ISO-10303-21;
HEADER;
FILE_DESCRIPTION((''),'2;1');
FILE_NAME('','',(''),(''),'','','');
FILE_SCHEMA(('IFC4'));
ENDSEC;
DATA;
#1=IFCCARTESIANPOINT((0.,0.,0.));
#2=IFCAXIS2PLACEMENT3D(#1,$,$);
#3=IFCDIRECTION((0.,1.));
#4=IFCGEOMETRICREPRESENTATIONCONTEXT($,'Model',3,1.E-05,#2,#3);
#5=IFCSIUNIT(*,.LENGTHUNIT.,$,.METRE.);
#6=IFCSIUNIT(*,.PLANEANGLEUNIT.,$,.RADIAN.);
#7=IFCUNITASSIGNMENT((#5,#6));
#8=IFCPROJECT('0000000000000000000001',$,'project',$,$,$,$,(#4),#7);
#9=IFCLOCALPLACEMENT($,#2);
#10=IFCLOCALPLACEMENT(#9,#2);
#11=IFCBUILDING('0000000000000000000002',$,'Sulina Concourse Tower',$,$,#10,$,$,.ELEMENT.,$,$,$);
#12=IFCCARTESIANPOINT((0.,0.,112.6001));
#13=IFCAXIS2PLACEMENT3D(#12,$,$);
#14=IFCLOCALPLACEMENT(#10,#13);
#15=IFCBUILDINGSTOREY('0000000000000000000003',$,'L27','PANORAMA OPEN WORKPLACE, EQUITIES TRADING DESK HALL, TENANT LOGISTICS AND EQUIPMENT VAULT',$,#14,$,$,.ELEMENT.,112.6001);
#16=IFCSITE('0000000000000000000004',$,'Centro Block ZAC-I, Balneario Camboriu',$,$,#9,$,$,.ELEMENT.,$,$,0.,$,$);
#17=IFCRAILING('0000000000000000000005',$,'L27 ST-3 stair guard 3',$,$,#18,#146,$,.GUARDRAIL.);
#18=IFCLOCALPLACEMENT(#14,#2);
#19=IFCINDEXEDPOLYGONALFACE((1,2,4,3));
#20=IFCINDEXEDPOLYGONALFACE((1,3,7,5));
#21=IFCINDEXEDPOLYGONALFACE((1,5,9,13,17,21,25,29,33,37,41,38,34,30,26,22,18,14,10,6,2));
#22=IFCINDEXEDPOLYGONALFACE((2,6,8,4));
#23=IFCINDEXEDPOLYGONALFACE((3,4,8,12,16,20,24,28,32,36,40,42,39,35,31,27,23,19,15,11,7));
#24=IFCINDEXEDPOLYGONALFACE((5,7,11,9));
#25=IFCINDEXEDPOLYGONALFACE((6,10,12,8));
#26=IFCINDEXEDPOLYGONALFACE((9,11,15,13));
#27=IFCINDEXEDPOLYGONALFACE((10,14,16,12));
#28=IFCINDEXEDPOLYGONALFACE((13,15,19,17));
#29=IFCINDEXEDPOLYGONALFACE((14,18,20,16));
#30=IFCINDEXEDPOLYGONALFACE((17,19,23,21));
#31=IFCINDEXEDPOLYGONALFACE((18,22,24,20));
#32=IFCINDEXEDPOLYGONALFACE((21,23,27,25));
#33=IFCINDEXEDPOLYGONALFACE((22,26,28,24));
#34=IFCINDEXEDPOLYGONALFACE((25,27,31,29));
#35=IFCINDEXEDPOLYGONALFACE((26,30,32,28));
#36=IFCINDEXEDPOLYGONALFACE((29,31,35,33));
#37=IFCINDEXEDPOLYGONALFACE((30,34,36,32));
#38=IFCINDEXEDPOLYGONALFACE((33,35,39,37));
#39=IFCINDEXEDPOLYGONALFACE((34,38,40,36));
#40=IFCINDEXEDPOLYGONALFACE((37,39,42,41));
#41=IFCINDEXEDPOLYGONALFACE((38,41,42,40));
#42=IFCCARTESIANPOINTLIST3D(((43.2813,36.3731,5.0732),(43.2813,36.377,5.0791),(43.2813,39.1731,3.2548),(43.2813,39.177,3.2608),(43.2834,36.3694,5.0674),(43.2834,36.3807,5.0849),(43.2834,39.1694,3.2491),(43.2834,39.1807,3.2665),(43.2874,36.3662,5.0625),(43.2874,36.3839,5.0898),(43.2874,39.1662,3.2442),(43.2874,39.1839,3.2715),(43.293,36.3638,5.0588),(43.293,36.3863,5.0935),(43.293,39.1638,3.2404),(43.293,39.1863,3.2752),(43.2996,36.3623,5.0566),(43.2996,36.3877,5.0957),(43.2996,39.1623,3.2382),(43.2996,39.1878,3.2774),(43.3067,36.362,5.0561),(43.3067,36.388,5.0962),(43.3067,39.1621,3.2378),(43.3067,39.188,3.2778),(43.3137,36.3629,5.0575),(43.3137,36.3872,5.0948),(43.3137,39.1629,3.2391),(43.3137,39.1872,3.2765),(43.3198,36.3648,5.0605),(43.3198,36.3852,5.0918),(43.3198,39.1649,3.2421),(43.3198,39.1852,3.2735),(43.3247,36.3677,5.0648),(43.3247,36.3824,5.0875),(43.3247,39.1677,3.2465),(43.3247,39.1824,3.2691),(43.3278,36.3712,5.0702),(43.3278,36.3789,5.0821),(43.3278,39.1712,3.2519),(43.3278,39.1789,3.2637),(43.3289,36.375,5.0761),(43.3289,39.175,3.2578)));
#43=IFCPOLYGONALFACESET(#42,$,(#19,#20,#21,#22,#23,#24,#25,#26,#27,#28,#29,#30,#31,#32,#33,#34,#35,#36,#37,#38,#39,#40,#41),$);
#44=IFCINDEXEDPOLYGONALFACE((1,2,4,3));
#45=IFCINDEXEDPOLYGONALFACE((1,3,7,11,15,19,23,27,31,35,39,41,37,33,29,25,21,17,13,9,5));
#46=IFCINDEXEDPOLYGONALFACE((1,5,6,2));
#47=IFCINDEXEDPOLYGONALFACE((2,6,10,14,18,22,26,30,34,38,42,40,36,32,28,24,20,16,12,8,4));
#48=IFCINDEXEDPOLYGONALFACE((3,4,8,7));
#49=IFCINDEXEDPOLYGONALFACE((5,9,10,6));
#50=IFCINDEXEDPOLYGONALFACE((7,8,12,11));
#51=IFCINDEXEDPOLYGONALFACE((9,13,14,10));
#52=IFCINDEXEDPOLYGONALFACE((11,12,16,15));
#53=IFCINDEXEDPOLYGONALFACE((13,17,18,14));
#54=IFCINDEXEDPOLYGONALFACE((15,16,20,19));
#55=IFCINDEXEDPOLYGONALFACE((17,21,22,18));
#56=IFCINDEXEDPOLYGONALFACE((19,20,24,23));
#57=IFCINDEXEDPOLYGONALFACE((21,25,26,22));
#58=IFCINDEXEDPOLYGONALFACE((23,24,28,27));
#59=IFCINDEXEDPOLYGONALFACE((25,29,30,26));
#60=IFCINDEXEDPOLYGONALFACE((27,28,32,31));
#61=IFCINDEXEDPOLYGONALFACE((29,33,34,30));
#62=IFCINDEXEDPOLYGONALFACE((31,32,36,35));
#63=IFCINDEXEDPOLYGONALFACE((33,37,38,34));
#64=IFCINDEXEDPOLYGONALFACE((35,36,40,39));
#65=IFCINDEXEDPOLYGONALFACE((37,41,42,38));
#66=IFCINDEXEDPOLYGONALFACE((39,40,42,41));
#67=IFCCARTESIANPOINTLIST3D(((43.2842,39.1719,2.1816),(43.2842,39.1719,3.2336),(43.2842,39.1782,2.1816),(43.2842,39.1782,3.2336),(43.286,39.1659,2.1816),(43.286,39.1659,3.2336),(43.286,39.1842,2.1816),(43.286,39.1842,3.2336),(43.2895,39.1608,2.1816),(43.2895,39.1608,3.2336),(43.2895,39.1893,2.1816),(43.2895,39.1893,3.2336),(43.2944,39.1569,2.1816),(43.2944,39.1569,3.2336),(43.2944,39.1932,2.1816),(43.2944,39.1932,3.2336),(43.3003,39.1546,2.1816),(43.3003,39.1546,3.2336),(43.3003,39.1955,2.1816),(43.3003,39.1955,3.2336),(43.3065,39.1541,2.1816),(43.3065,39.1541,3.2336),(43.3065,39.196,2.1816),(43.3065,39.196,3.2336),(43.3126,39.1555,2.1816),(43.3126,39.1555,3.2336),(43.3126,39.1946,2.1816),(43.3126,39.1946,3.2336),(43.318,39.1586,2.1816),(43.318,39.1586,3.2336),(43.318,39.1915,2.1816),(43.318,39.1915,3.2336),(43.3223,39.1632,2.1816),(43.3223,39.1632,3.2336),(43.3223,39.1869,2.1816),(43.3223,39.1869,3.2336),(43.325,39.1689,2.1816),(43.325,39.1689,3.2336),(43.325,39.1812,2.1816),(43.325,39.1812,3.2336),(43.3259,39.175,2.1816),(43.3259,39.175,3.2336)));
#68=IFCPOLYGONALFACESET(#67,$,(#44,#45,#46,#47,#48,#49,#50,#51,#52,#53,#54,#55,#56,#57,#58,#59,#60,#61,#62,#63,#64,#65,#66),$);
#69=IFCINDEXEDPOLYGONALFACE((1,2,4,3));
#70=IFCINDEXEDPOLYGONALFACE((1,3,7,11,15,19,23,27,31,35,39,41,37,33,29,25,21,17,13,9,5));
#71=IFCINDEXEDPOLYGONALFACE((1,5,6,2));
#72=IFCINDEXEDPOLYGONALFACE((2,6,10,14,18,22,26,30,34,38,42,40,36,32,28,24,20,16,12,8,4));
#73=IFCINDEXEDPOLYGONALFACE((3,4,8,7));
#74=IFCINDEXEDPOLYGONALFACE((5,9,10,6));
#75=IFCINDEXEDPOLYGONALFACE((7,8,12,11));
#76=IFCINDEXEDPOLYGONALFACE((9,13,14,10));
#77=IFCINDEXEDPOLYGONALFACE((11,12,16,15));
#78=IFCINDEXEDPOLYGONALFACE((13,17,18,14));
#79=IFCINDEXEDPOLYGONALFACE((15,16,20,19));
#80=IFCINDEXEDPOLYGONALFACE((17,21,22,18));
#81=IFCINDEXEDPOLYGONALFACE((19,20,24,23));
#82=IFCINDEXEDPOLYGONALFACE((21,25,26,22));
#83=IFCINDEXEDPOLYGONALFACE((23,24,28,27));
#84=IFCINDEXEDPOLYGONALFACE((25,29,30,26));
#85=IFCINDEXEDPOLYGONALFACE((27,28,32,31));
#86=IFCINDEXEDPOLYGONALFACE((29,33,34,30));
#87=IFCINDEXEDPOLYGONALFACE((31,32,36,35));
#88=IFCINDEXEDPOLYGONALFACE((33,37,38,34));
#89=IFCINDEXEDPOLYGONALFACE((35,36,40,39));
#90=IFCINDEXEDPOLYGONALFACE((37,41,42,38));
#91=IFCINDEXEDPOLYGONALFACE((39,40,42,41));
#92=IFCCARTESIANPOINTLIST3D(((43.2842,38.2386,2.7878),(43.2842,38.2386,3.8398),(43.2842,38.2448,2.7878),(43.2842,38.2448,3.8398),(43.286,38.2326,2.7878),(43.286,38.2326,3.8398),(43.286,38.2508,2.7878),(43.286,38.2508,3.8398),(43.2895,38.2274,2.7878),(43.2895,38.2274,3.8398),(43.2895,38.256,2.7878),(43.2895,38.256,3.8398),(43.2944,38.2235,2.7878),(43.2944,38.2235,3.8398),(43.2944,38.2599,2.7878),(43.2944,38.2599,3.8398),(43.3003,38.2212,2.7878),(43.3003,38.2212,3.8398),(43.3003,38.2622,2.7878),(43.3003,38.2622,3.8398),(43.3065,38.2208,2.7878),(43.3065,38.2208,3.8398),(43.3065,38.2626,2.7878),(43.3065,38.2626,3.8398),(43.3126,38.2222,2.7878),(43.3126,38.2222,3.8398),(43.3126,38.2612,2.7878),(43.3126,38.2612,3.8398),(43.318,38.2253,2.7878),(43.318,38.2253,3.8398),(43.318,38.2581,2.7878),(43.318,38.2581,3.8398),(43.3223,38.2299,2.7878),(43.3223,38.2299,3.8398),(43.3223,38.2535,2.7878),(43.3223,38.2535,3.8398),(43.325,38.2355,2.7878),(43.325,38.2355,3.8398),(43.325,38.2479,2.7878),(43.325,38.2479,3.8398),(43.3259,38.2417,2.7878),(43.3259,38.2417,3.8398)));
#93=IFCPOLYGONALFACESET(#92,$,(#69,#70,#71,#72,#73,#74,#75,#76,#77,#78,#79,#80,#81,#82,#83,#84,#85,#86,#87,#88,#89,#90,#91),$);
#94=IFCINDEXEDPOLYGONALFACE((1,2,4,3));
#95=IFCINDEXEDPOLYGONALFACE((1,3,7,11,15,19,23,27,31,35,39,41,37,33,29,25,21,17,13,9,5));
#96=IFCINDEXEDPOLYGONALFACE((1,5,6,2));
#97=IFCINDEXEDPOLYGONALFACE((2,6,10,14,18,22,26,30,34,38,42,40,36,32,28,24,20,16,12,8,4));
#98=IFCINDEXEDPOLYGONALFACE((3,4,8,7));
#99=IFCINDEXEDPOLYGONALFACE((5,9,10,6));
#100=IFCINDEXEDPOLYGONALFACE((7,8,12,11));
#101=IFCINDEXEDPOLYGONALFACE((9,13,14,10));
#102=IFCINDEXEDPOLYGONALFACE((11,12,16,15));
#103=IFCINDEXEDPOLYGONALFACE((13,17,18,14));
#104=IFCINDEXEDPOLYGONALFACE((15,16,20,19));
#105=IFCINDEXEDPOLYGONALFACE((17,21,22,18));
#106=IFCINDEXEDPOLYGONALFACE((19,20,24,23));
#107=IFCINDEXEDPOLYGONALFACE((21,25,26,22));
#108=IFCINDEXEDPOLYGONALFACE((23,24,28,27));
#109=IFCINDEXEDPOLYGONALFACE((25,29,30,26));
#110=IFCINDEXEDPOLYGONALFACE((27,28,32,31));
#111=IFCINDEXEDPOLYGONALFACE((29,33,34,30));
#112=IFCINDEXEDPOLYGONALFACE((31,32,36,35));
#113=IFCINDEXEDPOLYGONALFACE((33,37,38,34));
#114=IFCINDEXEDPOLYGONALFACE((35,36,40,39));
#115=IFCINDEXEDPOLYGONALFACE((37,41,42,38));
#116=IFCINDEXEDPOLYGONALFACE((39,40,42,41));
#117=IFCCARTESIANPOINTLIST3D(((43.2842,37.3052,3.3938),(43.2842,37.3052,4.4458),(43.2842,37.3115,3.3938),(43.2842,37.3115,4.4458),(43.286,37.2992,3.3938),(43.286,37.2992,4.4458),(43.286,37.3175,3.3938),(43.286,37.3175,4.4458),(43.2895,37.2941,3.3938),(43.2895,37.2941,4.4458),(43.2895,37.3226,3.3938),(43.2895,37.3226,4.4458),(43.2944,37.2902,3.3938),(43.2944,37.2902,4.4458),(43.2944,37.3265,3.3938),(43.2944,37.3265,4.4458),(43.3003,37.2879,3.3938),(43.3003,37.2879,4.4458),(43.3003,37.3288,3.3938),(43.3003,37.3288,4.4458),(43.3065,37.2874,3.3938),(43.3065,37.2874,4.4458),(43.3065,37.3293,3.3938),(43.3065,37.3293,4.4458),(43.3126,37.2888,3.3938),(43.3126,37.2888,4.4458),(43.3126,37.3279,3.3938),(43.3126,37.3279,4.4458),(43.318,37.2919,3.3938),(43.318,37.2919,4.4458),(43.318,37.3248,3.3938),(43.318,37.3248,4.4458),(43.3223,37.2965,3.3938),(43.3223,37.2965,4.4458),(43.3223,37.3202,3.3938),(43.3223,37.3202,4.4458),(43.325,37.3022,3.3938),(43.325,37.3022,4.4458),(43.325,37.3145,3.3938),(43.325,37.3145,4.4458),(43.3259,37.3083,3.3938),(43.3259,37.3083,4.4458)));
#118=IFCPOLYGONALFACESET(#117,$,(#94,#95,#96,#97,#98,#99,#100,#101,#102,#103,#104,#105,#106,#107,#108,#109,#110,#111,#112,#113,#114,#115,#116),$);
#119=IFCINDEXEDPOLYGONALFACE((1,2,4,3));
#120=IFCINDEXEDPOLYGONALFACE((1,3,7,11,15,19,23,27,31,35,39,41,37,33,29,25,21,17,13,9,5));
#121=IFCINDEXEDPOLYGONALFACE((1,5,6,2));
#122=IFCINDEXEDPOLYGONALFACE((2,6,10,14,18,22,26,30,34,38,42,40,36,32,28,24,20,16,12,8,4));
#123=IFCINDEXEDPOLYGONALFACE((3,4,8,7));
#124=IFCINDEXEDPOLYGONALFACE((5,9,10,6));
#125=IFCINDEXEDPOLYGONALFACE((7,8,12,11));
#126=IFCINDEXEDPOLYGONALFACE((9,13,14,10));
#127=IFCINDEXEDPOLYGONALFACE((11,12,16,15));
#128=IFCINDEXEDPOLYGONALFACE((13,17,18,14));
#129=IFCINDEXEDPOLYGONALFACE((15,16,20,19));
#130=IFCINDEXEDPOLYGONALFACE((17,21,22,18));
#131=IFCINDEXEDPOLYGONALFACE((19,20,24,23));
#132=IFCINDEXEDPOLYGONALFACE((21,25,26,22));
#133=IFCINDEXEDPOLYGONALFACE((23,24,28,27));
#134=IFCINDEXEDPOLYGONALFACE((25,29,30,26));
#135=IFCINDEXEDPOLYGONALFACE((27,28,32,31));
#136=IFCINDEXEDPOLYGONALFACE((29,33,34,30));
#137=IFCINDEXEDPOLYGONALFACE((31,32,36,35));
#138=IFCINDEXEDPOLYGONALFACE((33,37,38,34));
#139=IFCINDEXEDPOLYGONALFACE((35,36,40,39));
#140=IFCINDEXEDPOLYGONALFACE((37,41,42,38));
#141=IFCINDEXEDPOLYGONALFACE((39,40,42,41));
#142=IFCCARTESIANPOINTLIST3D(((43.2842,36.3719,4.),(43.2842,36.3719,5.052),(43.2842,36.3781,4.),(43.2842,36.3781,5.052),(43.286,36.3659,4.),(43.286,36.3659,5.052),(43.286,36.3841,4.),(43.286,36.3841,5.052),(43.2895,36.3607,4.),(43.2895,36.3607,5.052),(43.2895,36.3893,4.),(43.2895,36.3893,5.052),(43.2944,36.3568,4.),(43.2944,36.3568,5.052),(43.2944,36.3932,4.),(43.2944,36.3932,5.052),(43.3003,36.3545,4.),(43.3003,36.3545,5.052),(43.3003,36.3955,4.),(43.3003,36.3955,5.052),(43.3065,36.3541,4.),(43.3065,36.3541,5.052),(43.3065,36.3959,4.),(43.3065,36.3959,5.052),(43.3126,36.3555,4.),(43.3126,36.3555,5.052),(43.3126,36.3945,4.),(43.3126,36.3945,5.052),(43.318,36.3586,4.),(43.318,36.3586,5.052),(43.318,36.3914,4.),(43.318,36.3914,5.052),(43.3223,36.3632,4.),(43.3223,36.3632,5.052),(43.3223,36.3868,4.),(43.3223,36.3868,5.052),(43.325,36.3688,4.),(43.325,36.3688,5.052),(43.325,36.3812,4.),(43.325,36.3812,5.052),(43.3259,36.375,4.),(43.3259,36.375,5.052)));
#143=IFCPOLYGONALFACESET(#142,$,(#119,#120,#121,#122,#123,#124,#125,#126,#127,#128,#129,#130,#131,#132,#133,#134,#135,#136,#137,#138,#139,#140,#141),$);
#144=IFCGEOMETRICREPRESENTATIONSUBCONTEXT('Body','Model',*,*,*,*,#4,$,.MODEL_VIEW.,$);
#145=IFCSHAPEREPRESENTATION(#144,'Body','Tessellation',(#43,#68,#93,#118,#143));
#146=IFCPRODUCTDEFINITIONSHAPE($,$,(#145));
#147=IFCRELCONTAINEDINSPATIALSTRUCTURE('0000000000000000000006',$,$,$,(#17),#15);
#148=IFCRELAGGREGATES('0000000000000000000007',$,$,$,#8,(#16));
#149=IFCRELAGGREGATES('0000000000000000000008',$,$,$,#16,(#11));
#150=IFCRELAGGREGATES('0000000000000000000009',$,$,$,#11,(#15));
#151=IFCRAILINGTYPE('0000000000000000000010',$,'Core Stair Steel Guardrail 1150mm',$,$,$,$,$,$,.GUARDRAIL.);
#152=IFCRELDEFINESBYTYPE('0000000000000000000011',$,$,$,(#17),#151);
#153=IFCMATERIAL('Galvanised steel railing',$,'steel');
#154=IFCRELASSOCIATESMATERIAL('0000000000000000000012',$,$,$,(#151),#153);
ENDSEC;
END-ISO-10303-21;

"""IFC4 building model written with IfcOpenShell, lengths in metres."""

from ifc_helpers import new_model, si_unit, direction, frame, origin, origin_2d, place, context, subcontext, project, spatial, circle, extrude, material, type_object, element, save


model = new_model("IFC4")

# Units and contexts
model_context = context("Model", 3, precision=1e-05, world=origin(), true_north=direction((0.0, 1.0)))
body_context = subcontext(model_context, "Body", "Model", "MODEL_VIEW")
ifc_project = project(units=[si_unit("LENGTHUNIT", "METRE"), si_unit("PLANEANGLEUNIT", "RADIAN")], contexts=[model_context])

# Site, building, storey
site_placement = place(None, origin())
site = spatial("IfcSite", under=ifc_project, at=site_placement, Name="Centro Block ZAC-I, Balneario Camboriu", CompositionType="ELEMENT", RefElevation=0.0)
building_placement = place(site_placement, origin())
building = spatial("IfcBuilding", under=site, at=building_placement, Name="Sulina Concourse Tower", CompositionType="ELEMENT")
storey_placement = place(building_placement, frame((0.0, 0.0, 112.6001)))
storey = spatial("IfcBuildingStorey", under=building, at=storey_placement, Name="L27", Description="PANORAMA OPEN WORKPLACE, EQUITIES TRADING DESK HALL, TENANT LOGISTICS AND EQUIPMENT VAULT", CompositionType="ELEMENT", Elevation=112.6001)

# Railing
ifc_material_1 = material(Name="Galvanised steel railing", Category="steel")
railing_type_1 = type_object("IfcRailingType", Name="Core Stair Steel Guardrail 1150mm", PredefinedType="GUARDRAIL", material=ifc_material_1)
railing_1_placement = place(storey_placement, frame((43.3049, 39.175, 2.1816)))
element("IfcRailing", 1, at=railing_1_placement, inside=storey, type_object=railing_type_1, Name="L27 ST-3 stair guard 3", PredefinedType="GUARDRAIL", context=body_context, shape_type="SweptSolid", body=[
    extrude(circle(Radius=0.0239, at=origin_2d()), frame((0.0, 0.0, 1.0762), z_axis=(0.0, -0.838672, 0.544636), x_axis=(1.0, 0.0, 0.0)), (0.0, 0.0, 1.0), 3.3386),
    extrude(circle(Radius=0.021, at=origin_2d()), origin(), (0.0, 0.0, 1.0), 1.052),
    extrude(circle(Radius=0.021, at=origin_2d()), frame((0.0, -0.9333, 0.6062)), (0.0, 0.0, 1.0), 1.052),
    extrude(circle(Radius=0.021, at=origin_2d()), frame((0.0, -1.8667, 1.2122)), (0.0, 0.0, 1.0), 1.052),
    extrude(circle(Radius=0.021, at=origin_2d()), frame((0.0, -2.8, 1.8184)), (0.0, 0.0, 1.0), 1.052),
])

save(model, "model.ifc")
